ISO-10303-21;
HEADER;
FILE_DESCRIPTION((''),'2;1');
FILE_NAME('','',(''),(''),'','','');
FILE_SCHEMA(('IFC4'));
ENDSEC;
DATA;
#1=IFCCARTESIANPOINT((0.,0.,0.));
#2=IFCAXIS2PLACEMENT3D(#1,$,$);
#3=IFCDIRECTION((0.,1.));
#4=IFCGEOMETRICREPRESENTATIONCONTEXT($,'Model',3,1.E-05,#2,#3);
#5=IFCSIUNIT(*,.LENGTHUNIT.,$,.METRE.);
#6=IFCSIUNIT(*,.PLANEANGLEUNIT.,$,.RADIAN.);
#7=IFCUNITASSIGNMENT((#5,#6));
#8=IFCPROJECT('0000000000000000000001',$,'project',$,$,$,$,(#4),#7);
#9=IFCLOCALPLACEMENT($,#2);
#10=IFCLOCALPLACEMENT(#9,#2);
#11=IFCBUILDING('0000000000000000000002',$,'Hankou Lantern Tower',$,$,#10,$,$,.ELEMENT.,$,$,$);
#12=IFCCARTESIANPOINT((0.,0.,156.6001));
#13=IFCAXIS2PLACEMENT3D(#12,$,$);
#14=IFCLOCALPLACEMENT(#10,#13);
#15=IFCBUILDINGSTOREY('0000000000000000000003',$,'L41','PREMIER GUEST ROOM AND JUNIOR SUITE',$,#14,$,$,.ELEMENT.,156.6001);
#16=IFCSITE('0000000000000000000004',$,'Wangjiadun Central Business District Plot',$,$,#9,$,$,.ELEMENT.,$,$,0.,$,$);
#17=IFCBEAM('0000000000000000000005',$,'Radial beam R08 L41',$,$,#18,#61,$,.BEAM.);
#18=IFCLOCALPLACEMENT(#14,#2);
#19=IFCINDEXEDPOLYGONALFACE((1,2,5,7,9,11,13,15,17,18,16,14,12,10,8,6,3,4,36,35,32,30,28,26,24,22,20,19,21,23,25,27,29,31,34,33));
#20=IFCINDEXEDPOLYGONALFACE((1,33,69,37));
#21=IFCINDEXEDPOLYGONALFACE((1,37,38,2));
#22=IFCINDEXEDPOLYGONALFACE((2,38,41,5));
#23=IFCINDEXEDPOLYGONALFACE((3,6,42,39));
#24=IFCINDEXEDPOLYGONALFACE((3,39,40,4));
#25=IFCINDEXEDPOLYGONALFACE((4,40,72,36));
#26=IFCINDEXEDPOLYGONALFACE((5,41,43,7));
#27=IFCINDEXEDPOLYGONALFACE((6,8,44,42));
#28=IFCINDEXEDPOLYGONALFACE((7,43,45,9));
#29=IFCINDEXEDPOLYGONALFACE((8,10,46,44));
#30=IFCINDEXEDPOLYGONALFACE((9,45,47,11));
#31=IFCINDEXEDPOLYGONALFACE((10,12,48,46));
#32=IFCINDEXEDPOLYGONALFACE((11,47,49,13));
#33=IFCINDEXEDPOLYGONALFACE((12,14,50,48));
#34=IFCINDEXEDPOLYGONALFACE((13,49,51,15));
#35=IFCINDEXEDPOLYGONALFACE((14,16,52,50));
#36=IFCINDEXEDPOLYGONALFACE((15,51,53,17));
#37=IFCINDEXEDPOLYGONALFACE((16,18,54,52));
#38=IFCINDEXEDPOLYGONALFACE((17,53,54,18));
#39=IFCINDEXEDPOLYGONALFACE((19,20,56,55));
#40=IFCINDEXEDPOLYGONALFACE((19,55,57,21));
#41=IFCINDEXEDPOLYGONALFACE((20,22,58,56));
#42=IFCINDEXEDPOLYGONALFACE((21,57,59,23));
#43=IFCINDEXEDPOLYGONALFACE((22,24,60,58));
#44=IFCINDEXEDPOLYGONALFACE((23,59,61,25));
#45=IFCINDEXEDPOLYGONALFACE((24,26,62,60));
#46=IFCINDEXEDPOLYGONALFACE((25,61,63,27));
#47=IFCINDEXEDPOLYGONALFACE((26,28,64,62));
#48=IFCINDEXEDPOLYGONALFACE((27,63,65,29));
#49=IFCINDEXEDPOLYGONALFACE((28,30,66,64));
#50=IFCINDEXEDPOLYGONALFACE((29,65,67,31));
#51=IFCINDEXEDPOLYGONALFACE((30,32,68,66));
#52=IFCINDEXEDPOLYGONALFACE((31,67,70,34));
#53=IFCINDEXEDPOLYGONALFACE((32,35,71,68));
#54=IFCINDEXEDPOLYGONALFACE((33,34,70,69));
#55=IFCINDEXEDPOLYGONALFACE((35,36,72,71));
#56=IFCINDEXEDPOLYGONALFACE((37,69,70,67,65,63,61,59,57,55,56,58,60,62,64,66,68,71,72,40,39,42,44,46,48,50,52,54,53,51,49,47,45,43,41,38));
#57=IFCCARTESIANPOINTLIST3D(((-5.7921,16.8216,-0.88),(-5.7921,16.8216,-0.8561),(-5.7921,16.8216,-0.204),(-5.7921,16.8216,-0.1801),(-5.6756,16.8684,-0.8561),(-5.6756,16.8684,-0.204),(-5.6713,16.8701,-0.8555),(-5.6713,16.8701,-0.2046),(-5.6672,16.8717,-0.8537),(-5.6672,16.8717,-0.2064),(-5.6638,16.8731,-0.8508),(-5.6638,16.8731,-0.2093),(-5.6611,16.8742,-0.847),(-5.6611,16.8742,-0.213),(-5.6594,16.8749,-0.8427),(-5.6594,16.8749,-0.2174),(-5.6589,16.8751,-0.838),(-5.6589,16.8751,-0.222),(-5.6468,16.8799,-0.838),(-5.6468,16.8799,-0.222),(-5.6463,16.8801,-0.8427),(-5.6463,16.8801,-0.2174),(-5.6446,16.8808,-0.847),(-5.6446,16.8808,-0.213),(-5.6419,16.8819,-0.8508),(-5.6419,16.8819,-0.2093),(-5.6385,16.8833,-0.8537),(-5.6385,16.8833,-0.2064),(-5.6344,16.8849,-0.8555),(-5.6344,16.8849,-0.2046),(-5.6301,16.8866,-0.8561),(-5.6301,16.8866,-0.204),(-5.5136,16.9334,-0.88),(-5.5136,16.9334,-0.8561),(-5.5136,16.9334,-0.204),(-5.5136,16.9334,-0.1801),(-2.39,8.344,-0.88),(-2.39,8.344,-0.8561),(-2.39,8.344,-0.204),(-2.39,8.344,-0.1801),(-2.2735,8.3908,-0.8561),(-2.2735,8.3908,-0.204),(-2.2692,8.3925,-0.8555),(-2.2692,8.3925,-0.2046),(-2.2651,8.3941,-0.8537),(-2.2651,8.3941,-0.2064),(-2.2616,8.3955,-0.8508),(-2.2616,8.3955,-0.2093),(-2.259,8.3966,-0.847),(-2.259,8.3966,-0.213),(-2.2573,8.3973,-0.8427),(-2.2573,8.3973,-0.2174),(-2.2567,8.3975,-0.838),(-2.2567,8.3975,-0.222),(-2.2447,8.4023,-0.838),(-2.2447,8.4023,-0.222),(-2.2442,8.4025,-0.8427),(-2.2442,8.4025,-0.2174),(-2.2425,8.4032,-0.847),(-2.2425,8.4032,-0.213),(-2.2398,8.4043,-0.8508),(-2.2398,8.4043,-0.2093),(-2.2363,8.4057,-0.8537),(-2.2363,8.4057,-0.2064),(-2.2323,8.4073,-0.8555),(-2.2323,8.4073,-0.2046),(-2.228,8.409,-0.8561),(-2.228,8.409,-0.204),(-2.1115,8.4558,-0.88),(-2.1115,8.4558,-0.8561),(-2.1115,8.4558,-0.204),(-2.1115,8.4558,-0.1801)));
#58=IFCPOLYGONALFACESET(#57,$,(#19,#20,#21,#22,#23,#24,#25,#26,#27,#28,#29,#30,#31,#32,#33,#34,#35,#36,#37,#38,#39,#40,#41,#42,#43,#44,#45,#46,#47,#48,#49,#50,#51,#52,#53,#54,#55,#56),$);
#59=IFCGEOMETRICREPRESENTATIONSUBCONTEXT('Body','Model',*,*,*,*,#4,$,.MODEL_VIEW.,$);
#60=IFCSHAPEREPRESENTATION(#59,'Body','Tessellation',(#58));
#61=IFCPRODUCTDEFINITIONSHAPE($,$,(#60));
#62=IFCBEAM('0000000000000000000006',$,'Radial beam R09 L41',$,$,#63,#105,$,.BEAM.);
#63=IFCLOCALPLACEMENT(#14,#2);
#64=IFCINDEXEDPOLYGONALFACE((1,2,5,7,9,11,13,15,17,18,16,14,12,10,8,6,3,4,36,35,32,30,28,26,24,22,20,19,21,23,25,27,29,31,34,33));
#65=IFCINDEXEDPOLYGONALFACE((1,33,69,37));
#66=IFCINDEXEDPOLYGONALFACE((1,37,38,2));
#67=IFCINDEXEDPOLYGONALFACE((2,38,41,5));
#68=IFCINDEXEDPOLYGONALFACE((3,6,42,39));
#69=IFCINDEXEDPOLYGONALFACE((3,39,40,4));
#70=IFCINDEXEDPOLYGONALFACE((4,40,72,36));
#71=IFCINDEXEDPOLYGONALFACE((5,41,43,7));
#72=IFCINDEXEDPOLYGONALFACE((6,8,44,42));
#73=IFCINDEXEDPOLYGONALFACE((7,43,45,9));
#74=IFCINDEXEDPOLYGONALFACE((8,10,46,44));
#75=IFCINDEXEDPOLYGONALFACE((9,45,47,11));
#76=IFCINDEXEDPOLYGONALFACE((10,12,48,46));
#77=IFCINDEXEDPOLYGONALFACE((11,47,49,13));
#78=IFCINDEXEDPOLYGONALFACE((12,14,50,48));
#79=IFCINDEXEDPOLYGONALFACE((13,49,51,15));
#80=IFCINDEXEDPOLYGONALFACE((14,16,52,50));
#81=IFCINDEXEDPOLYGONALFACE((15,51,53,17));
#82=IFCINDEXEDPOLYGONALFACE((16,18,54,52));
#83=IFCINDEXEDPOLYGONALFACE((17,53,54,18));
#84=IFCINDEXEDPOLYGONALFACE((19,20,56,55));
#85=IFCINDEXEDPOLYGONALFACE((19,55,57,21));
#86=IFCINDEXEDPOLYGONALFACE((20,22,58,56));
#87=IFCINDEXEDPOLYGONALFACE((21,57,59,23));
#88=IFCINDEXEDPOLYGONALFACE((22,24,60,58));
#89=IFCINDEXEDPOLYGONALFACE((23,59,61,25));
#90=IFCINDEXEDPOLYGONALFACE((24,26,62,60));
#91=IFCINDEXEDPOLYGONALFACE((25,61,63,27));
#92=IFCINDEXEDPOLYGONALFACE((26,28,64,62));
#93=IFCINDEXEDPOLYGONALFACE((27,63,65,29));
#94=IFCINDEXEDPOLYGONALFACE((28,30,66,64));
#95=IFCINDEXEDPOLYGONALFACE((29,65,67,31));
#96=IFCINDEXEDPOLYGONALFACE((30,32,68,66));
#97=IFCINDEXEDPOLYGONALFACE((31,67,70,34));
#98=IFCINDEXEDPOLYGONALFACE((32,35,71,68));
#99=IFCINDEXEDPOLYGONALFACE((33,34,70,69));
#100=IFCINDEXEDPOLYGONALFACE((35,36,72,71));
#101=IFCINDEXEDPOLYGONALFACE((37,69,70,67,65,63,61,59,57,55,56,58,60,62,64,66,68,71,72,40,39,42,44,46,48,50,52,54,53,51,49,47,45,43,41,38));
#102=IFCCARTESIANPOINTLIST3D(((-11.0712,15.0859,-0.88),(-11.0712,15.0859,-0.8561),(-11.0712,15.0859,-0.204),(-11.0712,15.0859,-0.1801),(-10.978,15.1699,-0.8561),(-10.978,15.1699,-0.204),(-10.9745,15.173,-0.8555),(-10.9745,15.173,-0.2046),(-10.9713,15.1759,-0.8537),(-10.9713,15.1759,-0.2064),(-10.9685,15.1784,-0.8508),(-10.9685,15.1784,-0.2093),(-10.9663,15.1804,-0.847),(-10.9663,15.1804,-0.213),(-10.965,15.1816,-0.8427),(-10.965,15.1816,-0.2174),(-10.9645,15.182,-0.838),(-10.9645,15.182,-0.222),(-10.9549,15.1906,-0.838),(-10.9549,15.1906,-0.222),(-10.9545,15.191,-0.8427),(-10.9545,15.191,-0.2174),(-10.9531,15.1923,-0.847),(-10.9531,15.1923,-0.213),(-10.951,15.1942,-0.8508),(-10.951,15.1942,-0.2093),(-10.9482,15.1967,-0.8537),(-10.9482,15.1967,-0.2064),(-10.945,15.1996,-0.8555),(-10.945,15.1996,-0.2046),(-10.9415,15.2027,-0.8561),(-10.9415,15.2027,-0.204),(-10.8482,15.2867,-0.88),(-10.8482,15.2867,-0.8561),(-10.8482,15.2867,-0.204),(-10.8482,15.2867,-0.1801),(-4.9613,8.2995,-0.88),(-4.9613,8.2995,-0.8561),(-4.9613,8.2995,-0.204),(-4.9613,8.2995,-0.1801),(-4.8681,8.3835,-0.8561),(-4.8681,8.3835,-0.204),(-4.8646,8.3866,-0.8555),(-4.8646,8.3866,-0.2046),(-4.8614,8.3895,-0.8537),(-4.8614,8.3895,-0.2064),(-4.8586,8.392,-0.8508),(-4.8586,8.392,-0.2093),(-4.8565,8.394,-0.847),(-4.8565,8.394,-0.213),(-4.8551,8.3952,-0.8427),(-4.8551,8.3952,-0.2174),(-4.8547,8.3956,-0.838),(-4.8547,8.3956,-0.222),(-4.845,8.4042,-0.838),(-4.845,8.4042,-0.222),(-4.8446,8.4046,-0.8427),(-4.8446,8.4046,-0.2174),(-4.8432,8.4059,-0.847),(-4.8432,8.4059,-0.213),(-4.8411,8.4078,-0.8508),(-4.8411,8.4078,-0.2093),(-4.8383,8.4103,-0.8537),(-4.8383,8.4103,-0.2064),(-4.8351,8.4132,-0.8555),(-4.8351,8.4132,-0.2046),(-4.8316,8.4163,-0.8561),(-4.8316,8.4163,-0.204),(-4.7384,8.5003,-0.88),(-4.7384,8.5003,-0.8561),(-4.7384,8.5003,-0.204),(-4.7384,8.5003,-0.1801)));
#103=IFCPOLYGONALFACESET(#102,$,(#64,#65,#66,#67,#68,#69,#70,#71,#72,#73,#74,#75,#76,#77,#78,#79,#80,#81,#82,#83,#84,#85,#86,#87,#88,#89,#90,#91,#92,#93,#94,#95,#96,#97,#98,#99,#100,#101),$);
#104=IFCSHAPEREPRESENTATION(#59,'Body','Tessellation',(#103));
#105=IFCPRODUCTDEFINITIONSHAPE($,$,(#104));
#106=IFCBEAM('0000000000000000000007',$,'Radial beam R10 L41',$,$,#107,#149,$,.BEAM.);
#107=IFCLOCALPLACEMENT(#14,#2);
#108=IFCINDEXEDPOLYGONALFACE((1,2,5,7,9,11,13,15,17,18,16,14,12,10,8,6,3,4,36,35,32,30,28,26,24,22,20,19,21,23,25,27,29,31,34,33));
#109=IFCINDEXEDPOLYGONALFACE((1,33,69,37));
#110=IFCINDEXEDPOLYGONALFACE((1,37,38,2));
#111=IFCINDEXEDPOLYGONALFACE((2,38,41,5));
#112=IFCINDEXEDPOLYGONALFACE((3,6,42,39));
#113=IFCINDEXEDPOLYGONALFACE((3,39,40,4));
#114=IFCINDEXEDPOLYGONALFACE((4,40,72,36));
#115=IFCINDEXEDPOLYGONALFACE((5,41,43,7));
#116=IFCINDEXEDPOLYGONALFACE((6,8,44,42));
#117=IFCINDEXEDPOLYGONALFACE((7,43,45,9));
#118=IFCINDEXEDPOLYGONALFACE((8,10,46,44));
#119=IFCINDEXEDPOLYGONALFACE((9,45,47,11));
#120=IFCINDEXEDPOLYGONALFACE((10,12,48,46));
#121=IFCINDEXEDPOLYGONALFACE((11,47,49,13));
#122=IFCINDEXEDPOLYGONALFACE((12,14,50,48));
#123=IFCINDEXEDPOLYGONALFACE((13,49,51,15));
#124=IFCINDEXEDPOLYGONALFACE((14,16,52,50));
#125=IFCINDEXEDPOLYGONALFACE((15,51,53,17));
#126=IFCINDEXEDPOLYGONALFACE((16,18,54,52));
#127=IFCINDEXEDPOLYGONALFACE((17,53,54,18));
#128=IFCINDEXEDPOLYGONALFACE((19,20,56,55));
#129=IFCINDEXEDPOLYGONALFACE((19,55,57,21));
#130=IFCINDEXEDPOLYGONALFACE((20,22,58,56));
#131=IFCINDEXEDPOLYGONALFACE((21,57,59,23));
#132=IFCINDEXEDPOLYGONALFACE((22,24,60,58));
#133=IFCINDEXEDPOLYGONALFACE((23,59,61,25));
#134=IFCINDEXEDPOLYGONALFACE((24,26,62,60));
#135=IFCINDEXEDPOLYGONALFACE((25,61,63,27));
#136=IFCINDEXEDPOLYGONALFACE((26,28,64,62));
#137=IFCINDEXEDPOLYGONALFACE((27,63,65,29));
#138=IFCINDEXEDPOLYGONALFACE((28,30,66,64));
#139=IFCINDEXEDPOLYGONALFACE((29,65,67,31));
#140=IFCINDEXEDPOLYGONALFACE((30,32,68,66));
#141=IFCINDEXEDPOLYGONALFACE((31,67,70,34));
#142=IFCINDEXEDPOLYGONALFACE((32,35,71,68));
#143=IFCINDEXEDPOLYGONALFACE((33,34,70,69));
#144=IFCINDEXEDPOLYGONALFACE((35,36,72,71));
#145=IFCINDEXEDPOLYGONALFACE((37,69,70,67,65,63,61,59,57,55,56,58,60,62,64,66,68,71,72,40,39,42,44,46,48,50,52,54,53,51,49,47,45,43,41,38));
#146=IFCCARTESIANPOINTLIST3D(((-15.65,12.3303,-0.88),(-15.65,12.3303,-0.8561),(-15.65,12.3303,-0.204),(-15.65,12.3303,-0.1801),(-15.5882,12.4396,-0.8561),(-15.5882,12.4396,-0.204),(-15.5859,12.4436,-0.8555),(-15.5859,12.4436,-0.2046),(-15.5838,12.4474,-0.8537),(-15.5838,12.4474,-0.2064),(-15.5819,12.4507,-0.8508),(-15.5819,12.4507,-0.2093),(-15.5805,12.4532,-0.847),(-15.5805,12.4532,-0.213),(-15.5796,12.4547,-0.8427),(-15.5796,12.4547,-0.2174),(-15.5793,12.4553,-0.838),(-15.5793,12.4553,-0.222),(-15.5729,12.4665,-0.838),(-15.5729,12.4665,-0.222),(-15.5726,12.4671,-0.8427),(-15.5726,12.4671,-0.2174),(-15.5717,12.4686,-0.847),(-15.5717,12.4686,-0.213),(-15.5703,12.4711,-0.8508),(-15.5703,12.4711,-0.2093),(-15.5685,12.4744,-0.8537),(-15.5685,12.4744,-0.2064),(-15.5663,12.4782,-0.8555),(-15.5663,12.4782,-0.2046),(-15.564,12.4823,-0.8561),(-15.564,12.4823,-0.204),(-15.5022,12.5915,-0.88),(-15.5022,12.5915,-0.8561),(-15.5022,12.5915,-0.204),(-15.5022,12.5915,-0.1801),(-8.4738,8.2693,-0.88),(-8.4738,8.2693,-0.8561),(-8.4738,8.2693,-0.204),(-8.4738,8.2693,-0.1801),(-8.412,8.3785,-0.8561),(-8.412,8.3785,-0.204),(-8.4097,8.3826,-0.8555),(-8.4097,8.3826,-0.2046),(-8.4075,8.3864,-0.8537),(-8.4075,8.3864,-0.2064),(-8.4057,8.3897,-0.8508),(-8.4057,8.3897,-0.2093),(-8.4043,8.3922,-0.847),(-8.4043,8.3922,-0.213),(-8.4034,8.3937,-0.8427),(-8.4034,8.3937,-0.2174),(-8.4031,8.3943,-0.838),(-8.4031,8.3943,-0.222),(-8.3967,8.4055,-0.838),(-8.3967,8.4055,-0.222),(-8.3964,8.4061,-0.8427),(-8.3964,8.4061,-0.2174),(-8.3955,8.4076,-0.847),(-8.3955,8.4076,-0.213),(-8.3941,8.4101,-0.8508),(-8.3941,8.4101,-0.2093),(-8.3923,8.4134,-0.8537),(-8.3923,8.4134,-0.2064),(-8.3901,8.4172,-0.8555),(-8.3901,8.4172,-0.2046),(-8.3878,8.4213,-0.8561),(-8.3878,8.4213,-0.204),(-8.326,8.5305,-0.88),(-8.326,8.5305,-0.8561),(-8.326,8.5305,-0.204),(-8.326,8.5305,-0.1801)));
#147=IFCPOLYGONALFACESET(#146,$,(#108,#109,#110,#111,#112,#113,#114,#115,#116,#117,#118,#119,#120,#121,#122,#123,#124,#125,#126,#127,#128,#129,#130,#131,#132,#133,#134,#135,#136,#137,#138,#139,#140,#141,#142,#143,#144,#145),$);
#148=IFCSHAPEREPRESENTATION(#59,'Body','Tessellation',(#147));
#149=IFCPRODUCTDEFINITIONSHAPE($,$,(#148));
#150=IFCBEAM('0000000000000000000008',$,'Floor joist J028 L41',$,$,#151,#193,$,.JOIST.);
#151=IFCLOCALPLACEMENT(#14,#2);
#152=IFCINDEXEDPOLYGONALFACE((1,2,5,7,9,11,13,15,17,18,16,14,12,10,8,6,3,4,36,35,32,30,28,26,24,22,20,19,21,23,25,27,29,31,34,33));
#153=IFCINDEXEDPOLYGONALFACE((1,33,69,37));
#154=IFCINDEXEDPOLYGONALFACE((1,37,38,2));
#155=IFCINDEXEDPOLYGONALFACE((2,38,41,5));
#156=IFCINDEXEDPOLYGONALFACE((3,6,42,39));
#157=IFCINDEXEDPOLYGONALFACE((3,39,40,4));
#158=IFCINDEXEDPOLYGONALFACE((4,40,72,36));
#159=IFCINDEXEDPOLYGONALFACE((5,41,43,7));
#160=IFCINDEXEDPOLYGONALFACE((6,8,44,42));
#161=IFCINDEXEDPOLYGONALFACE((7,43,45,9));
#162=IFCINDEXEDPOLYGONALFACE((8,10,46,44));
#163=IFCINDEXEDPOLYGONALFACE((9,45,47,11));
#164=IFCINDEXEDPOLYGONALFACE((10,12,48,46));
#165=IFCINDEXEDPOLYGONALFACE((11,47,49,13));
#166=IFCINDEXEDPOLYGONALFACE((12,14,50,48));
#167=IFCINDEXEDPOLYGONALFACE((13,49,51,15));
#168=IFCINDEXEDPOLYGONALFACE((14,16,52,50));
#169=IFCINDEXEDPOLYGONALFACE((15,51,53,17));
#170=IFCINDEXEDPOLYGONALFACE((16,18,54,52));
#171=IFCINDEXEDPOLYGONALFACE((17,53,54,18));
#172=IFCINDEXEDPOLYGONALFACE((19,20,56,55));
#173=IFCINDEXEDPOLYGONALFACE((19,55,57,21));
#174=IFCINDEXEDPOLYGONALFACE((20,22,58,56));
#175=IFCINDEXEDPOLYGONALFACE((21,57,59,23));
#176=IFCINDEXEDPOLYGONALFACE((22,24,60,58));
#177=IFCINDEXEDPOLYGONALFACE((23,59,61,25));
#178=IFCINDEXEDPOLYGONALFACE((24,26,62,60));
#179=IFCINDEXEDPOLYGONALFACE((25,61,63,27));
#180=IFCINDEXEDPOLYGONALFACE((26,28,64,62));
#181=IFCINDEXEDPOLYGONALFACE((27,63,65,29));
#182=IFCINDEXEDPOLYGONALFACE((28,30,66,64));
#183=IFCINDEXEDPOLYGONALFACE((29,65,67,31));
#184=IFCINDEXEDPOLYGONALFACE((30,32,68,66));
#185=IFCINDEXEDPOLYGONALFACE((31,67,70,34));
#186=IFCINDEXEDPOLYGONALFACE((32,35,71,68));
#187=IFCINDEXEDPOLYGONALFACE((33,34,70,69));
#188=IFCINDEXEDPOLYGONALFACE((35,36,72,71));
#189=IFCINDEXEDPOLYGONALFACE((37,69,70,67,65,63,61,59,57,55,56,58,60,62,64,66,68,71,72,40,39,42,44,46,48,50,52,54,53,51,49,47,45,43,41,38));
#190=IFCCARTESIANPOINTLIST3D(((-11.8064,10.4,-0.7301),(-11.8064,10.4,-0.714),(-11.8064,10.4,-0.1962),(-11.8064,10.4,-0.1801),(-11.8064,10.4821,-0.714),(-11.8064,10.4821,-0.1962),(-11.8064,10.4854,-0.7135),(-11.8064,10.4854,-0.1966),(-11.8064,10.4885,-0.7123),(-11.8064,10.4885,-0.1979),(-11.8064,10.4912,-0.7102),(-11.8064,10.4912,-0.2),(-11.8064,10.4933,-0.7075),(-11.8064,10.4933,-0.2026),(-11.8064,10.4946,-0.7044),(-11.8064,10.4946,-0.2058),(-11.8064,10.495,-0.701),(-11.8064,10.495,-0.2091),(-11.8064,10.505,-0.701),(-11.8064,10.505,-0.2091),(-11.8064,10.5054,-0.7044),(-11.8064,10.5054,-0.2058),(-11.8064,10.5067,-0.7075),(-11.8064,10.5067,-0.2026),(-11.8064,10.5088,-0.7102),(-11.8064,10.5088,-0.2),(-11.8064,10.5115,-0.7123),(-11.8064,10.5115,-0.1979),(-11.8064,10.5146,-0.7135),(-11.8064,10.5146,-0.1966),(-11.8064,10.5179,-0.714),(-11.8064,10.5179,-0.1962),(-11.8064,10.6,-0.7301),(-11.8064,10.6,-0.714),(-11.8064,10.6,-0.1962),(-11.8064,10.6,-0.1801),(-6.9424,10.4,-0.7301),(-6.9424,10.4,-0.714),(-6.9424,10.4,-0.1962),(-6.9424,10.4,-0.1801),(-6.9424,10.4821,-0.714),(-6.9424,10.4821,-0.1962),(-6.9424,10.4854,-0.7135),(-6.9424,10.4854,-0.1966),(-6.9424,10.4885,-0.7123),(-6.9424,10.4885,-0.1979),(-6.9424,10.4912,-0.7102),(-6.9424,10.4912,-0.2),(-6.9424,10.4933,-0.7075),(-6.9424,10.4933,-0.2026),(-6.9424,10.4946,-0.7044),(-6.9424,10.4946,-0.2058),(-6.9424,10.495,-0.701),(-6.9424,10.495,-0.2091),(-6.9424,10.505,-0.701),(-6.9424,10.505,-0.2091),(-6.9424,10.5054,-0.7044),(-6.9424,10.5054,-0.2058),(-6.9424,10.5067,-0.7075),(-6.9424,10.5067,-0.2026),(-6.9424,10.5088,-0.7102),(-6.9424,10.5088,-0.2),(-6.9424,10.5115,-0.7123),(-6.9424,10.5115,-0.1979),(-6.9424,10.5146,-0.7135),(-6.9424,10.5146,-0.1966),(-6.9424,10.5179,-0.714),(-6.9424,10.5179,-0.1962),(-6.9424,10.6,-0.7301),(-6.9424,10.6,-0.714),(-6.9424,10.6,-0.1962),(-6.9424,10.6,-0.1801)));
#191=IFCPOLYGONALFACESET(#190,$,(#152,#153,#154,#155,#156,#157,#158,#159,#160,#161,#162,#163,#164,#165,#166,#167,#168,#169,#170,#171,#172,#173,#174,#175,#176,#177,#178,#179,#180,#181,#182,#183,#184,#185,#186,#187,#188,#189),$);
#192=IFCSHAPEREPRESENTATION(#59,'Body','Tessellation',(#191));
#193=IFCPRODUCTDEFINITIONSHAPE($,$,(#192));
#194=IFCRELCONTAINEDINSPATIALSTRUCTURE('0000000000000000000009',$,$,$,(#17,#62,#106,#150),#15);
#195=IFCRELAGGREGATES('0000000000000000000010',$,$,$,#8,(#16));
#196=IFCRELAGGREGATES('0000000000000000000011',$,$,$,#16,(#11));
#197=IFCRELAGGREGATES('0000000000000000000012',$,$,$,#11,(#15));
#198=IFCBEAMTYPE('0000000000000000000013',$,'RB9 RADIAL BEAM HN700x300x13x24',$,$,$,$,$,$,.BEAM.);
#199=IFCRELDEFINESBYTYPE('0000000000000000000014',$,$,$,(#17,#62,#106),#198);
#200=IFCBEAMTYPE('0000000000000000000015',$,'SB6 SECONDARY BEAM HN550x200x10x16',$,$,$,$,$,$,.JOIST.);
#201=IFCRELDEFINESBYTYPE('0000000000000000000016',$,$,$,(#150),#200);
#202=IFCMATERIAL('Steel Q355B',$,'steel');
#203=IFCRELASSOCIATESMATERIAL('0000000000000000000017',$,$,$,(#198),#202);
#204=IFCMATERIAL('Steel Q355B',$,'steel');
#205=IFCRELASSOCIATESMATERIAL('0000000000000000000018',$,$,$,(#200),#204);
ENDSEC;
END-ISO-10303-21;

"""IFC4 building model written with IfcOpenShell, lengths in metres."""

from ifc_helpers import new_model, si_unit, direction, frame, origin, origin_2d, place, context, subcontext, project, spatial, i_section, extrude, material, material_profile, profile_set, type_object, element, save


model = new_model("IFC4")

# Units and contexts
model_context = context("Model", 3, precision=1e-05, world=origin(), true_north=direction((0.0, 1.0)))
body_context = subcontext(model_context, "Body", "Model", "MODEL_VIEW")
ifc_project = project(units=[si_unit("LENGTHUNIT", "METRE"), si_unit("PLANEANGLEUNIT", "RADIAN")], contexts=[model_context])

# Site, building, storey
site_placement = place(None, origin())
site = spatial("IfcSite", under=ifc_project, at=site_placement, Name="Wangjiadun Central Business District Plot", CompositionType="ELEMENT", RefElevation=0.0)
building_placement = place(site_placement, origin())
building = spatial("IfcBuilding", under=site, at=building_placement, Name="Hankou Lantern Tower", CompositionType="ELEMENT")
storey_placement = place(building_placement, frame((0.0, 0.0, 156.6001)))
storey = spatial("IfcBuildingStorey", under=building, at=storey_placement, Name="L41", Description="PREMIER GUEST ROOM AND JUNIOR SUITE", CompositionType="ELEMENT", Elevation=156.6001)

# Beams
ifc_material_1 = material(Name="Steel Q355B", Category="steel")
ifc_material_profile_1 = material_profile(ifc_material_1, i_section(OverallWidth=0.3, OverallDepth=0.7, WebThickness=0.0129, FlangeThickness=0.0239, FilletRadius=0.0181, at=origin_2d()), Name="HN700x300x13x24")
ifc_profile_set_1 = profile_set([ifc_material_profile_1], Name="Steel Q355B")
beam_type_1 = type_object("IfcBeamType", Name="RB9 RADIAL BEAM HN700x300x13x24", PredefinedType="BEAM", material=ifc_profile_set_1)
beam_1_placement = place(storey_placement, frame((-2.2507, 8.3999, -0.53), z_axis=(-0.372436, 0.928058, 0.0), x_axis=(-0.928058, -0.372436, 0.0)))
element("IfcBeam", 1, at=beam_1_placement, inside=storey, type_object=beam_type_1, Name="Radial beam R08 L41", PredefinedType="BEAM", context=body_context, shape_type="SweptSolid", body=[
    extrude(i_section(OverallWidth=0.3, OverallDepth=0.7, WebThickness=0.0129, FlangeThickness=0.0239, FilletRadius=0.0181, at=origin_2d()), origin(), (0.0, 0.0, 1.0), 9.1348),
])
beam_2_placement = place(storey_placement, frame((-4.8499, 8.3999, -0.53), z_axis=(-0.669093, 0.743178, 0.0), x_axis=(-0.743178, -0.669093, 0.0)))
element("IfcBeam", 2, at=beam_2_placement, inside=storey, type_object=beam_type_1, Name="Radial beam R09 L41", PredefinedType="BEAM", context=body_context, shape_type="SweptSolid", body=[
    extrude(i_section(OverallWidth=0.3, OverallDepth=0.7, WebThickness=0.0129, FlangeThickness=0.0239, FilletRadius=0.0181, at=origin_2d()), origin(), (0.0, 0.0, 1.0), 9.1316),
])
beam_3_placement = place(storey_placement, frame((-8.3999, 8.3999, -0.53), z_axis=(-0.870309, 0.492506, 0.0), x_axis=(-0.492506, -0.870309, 0.0)))
element("IfcBeam", 3, at=beam_3_placement, inside=storey, type_object=beam_type_1, Name="Radial beam R10 L41", PredefinedType="BEAM", context=body_context, shape_type="SweptSolid", body=[
    extrude(i_section(OverallWidth=0.3, OverallDepth=0.7, WebThickness=0.0129, FlangeThickness=0.0239, FilletRadius=0.0181, at=origin_2d()), origin(), (0.0, 0.0, 1.0), 8.2456),
])
ifc_material_2 = material(Name="Steel Q355B", Category="steel")
ifc_material_profile_2 = material_profile(ifc_material_2, i_section(OverallWidth=0.2, OverallDepth=0.55, WebThickness=0.01, FlangeThickness=0.0161, FilletRadius=0.0129, at=origin_2d()), Name="HN550x200x10x16")
ifc_profile_set_2 = profile_set([ifc_material_profile_2], Name="Steel Q355B")
beam_type_2 = type_object("IfcBeamType", Name="SB6 SECONDARY BEAM HN550x200x10x16", PredefinedType="JOIST", material=ifc_profile_set_2)
beam_4_placement = place(storey_placement, frame((-11.8064, 10.5, -0.4551), z_axis=(1.0, 0.0, 0.0), x_axis=(0.0, 1.0, 0.0)))
element("IfcBeam", 4, at=beam_4_placement, inside=storey, type_object=beam_type_2, Name="Floor joist J028 L41", PredefinedType="JOIST", context=body_context, shape_type="SweptSolid", body=[
    extrude(i_section(OverallWidth=0.2, OverallDepth=0.55, WebThickness=0.01, FlangeThickness=0.0161, FilletRadius=0.0129, at=origin_2d()), origin(), (0.0, 0.0, 1.0), 4.864),
])

save(model, "model.ifc")
